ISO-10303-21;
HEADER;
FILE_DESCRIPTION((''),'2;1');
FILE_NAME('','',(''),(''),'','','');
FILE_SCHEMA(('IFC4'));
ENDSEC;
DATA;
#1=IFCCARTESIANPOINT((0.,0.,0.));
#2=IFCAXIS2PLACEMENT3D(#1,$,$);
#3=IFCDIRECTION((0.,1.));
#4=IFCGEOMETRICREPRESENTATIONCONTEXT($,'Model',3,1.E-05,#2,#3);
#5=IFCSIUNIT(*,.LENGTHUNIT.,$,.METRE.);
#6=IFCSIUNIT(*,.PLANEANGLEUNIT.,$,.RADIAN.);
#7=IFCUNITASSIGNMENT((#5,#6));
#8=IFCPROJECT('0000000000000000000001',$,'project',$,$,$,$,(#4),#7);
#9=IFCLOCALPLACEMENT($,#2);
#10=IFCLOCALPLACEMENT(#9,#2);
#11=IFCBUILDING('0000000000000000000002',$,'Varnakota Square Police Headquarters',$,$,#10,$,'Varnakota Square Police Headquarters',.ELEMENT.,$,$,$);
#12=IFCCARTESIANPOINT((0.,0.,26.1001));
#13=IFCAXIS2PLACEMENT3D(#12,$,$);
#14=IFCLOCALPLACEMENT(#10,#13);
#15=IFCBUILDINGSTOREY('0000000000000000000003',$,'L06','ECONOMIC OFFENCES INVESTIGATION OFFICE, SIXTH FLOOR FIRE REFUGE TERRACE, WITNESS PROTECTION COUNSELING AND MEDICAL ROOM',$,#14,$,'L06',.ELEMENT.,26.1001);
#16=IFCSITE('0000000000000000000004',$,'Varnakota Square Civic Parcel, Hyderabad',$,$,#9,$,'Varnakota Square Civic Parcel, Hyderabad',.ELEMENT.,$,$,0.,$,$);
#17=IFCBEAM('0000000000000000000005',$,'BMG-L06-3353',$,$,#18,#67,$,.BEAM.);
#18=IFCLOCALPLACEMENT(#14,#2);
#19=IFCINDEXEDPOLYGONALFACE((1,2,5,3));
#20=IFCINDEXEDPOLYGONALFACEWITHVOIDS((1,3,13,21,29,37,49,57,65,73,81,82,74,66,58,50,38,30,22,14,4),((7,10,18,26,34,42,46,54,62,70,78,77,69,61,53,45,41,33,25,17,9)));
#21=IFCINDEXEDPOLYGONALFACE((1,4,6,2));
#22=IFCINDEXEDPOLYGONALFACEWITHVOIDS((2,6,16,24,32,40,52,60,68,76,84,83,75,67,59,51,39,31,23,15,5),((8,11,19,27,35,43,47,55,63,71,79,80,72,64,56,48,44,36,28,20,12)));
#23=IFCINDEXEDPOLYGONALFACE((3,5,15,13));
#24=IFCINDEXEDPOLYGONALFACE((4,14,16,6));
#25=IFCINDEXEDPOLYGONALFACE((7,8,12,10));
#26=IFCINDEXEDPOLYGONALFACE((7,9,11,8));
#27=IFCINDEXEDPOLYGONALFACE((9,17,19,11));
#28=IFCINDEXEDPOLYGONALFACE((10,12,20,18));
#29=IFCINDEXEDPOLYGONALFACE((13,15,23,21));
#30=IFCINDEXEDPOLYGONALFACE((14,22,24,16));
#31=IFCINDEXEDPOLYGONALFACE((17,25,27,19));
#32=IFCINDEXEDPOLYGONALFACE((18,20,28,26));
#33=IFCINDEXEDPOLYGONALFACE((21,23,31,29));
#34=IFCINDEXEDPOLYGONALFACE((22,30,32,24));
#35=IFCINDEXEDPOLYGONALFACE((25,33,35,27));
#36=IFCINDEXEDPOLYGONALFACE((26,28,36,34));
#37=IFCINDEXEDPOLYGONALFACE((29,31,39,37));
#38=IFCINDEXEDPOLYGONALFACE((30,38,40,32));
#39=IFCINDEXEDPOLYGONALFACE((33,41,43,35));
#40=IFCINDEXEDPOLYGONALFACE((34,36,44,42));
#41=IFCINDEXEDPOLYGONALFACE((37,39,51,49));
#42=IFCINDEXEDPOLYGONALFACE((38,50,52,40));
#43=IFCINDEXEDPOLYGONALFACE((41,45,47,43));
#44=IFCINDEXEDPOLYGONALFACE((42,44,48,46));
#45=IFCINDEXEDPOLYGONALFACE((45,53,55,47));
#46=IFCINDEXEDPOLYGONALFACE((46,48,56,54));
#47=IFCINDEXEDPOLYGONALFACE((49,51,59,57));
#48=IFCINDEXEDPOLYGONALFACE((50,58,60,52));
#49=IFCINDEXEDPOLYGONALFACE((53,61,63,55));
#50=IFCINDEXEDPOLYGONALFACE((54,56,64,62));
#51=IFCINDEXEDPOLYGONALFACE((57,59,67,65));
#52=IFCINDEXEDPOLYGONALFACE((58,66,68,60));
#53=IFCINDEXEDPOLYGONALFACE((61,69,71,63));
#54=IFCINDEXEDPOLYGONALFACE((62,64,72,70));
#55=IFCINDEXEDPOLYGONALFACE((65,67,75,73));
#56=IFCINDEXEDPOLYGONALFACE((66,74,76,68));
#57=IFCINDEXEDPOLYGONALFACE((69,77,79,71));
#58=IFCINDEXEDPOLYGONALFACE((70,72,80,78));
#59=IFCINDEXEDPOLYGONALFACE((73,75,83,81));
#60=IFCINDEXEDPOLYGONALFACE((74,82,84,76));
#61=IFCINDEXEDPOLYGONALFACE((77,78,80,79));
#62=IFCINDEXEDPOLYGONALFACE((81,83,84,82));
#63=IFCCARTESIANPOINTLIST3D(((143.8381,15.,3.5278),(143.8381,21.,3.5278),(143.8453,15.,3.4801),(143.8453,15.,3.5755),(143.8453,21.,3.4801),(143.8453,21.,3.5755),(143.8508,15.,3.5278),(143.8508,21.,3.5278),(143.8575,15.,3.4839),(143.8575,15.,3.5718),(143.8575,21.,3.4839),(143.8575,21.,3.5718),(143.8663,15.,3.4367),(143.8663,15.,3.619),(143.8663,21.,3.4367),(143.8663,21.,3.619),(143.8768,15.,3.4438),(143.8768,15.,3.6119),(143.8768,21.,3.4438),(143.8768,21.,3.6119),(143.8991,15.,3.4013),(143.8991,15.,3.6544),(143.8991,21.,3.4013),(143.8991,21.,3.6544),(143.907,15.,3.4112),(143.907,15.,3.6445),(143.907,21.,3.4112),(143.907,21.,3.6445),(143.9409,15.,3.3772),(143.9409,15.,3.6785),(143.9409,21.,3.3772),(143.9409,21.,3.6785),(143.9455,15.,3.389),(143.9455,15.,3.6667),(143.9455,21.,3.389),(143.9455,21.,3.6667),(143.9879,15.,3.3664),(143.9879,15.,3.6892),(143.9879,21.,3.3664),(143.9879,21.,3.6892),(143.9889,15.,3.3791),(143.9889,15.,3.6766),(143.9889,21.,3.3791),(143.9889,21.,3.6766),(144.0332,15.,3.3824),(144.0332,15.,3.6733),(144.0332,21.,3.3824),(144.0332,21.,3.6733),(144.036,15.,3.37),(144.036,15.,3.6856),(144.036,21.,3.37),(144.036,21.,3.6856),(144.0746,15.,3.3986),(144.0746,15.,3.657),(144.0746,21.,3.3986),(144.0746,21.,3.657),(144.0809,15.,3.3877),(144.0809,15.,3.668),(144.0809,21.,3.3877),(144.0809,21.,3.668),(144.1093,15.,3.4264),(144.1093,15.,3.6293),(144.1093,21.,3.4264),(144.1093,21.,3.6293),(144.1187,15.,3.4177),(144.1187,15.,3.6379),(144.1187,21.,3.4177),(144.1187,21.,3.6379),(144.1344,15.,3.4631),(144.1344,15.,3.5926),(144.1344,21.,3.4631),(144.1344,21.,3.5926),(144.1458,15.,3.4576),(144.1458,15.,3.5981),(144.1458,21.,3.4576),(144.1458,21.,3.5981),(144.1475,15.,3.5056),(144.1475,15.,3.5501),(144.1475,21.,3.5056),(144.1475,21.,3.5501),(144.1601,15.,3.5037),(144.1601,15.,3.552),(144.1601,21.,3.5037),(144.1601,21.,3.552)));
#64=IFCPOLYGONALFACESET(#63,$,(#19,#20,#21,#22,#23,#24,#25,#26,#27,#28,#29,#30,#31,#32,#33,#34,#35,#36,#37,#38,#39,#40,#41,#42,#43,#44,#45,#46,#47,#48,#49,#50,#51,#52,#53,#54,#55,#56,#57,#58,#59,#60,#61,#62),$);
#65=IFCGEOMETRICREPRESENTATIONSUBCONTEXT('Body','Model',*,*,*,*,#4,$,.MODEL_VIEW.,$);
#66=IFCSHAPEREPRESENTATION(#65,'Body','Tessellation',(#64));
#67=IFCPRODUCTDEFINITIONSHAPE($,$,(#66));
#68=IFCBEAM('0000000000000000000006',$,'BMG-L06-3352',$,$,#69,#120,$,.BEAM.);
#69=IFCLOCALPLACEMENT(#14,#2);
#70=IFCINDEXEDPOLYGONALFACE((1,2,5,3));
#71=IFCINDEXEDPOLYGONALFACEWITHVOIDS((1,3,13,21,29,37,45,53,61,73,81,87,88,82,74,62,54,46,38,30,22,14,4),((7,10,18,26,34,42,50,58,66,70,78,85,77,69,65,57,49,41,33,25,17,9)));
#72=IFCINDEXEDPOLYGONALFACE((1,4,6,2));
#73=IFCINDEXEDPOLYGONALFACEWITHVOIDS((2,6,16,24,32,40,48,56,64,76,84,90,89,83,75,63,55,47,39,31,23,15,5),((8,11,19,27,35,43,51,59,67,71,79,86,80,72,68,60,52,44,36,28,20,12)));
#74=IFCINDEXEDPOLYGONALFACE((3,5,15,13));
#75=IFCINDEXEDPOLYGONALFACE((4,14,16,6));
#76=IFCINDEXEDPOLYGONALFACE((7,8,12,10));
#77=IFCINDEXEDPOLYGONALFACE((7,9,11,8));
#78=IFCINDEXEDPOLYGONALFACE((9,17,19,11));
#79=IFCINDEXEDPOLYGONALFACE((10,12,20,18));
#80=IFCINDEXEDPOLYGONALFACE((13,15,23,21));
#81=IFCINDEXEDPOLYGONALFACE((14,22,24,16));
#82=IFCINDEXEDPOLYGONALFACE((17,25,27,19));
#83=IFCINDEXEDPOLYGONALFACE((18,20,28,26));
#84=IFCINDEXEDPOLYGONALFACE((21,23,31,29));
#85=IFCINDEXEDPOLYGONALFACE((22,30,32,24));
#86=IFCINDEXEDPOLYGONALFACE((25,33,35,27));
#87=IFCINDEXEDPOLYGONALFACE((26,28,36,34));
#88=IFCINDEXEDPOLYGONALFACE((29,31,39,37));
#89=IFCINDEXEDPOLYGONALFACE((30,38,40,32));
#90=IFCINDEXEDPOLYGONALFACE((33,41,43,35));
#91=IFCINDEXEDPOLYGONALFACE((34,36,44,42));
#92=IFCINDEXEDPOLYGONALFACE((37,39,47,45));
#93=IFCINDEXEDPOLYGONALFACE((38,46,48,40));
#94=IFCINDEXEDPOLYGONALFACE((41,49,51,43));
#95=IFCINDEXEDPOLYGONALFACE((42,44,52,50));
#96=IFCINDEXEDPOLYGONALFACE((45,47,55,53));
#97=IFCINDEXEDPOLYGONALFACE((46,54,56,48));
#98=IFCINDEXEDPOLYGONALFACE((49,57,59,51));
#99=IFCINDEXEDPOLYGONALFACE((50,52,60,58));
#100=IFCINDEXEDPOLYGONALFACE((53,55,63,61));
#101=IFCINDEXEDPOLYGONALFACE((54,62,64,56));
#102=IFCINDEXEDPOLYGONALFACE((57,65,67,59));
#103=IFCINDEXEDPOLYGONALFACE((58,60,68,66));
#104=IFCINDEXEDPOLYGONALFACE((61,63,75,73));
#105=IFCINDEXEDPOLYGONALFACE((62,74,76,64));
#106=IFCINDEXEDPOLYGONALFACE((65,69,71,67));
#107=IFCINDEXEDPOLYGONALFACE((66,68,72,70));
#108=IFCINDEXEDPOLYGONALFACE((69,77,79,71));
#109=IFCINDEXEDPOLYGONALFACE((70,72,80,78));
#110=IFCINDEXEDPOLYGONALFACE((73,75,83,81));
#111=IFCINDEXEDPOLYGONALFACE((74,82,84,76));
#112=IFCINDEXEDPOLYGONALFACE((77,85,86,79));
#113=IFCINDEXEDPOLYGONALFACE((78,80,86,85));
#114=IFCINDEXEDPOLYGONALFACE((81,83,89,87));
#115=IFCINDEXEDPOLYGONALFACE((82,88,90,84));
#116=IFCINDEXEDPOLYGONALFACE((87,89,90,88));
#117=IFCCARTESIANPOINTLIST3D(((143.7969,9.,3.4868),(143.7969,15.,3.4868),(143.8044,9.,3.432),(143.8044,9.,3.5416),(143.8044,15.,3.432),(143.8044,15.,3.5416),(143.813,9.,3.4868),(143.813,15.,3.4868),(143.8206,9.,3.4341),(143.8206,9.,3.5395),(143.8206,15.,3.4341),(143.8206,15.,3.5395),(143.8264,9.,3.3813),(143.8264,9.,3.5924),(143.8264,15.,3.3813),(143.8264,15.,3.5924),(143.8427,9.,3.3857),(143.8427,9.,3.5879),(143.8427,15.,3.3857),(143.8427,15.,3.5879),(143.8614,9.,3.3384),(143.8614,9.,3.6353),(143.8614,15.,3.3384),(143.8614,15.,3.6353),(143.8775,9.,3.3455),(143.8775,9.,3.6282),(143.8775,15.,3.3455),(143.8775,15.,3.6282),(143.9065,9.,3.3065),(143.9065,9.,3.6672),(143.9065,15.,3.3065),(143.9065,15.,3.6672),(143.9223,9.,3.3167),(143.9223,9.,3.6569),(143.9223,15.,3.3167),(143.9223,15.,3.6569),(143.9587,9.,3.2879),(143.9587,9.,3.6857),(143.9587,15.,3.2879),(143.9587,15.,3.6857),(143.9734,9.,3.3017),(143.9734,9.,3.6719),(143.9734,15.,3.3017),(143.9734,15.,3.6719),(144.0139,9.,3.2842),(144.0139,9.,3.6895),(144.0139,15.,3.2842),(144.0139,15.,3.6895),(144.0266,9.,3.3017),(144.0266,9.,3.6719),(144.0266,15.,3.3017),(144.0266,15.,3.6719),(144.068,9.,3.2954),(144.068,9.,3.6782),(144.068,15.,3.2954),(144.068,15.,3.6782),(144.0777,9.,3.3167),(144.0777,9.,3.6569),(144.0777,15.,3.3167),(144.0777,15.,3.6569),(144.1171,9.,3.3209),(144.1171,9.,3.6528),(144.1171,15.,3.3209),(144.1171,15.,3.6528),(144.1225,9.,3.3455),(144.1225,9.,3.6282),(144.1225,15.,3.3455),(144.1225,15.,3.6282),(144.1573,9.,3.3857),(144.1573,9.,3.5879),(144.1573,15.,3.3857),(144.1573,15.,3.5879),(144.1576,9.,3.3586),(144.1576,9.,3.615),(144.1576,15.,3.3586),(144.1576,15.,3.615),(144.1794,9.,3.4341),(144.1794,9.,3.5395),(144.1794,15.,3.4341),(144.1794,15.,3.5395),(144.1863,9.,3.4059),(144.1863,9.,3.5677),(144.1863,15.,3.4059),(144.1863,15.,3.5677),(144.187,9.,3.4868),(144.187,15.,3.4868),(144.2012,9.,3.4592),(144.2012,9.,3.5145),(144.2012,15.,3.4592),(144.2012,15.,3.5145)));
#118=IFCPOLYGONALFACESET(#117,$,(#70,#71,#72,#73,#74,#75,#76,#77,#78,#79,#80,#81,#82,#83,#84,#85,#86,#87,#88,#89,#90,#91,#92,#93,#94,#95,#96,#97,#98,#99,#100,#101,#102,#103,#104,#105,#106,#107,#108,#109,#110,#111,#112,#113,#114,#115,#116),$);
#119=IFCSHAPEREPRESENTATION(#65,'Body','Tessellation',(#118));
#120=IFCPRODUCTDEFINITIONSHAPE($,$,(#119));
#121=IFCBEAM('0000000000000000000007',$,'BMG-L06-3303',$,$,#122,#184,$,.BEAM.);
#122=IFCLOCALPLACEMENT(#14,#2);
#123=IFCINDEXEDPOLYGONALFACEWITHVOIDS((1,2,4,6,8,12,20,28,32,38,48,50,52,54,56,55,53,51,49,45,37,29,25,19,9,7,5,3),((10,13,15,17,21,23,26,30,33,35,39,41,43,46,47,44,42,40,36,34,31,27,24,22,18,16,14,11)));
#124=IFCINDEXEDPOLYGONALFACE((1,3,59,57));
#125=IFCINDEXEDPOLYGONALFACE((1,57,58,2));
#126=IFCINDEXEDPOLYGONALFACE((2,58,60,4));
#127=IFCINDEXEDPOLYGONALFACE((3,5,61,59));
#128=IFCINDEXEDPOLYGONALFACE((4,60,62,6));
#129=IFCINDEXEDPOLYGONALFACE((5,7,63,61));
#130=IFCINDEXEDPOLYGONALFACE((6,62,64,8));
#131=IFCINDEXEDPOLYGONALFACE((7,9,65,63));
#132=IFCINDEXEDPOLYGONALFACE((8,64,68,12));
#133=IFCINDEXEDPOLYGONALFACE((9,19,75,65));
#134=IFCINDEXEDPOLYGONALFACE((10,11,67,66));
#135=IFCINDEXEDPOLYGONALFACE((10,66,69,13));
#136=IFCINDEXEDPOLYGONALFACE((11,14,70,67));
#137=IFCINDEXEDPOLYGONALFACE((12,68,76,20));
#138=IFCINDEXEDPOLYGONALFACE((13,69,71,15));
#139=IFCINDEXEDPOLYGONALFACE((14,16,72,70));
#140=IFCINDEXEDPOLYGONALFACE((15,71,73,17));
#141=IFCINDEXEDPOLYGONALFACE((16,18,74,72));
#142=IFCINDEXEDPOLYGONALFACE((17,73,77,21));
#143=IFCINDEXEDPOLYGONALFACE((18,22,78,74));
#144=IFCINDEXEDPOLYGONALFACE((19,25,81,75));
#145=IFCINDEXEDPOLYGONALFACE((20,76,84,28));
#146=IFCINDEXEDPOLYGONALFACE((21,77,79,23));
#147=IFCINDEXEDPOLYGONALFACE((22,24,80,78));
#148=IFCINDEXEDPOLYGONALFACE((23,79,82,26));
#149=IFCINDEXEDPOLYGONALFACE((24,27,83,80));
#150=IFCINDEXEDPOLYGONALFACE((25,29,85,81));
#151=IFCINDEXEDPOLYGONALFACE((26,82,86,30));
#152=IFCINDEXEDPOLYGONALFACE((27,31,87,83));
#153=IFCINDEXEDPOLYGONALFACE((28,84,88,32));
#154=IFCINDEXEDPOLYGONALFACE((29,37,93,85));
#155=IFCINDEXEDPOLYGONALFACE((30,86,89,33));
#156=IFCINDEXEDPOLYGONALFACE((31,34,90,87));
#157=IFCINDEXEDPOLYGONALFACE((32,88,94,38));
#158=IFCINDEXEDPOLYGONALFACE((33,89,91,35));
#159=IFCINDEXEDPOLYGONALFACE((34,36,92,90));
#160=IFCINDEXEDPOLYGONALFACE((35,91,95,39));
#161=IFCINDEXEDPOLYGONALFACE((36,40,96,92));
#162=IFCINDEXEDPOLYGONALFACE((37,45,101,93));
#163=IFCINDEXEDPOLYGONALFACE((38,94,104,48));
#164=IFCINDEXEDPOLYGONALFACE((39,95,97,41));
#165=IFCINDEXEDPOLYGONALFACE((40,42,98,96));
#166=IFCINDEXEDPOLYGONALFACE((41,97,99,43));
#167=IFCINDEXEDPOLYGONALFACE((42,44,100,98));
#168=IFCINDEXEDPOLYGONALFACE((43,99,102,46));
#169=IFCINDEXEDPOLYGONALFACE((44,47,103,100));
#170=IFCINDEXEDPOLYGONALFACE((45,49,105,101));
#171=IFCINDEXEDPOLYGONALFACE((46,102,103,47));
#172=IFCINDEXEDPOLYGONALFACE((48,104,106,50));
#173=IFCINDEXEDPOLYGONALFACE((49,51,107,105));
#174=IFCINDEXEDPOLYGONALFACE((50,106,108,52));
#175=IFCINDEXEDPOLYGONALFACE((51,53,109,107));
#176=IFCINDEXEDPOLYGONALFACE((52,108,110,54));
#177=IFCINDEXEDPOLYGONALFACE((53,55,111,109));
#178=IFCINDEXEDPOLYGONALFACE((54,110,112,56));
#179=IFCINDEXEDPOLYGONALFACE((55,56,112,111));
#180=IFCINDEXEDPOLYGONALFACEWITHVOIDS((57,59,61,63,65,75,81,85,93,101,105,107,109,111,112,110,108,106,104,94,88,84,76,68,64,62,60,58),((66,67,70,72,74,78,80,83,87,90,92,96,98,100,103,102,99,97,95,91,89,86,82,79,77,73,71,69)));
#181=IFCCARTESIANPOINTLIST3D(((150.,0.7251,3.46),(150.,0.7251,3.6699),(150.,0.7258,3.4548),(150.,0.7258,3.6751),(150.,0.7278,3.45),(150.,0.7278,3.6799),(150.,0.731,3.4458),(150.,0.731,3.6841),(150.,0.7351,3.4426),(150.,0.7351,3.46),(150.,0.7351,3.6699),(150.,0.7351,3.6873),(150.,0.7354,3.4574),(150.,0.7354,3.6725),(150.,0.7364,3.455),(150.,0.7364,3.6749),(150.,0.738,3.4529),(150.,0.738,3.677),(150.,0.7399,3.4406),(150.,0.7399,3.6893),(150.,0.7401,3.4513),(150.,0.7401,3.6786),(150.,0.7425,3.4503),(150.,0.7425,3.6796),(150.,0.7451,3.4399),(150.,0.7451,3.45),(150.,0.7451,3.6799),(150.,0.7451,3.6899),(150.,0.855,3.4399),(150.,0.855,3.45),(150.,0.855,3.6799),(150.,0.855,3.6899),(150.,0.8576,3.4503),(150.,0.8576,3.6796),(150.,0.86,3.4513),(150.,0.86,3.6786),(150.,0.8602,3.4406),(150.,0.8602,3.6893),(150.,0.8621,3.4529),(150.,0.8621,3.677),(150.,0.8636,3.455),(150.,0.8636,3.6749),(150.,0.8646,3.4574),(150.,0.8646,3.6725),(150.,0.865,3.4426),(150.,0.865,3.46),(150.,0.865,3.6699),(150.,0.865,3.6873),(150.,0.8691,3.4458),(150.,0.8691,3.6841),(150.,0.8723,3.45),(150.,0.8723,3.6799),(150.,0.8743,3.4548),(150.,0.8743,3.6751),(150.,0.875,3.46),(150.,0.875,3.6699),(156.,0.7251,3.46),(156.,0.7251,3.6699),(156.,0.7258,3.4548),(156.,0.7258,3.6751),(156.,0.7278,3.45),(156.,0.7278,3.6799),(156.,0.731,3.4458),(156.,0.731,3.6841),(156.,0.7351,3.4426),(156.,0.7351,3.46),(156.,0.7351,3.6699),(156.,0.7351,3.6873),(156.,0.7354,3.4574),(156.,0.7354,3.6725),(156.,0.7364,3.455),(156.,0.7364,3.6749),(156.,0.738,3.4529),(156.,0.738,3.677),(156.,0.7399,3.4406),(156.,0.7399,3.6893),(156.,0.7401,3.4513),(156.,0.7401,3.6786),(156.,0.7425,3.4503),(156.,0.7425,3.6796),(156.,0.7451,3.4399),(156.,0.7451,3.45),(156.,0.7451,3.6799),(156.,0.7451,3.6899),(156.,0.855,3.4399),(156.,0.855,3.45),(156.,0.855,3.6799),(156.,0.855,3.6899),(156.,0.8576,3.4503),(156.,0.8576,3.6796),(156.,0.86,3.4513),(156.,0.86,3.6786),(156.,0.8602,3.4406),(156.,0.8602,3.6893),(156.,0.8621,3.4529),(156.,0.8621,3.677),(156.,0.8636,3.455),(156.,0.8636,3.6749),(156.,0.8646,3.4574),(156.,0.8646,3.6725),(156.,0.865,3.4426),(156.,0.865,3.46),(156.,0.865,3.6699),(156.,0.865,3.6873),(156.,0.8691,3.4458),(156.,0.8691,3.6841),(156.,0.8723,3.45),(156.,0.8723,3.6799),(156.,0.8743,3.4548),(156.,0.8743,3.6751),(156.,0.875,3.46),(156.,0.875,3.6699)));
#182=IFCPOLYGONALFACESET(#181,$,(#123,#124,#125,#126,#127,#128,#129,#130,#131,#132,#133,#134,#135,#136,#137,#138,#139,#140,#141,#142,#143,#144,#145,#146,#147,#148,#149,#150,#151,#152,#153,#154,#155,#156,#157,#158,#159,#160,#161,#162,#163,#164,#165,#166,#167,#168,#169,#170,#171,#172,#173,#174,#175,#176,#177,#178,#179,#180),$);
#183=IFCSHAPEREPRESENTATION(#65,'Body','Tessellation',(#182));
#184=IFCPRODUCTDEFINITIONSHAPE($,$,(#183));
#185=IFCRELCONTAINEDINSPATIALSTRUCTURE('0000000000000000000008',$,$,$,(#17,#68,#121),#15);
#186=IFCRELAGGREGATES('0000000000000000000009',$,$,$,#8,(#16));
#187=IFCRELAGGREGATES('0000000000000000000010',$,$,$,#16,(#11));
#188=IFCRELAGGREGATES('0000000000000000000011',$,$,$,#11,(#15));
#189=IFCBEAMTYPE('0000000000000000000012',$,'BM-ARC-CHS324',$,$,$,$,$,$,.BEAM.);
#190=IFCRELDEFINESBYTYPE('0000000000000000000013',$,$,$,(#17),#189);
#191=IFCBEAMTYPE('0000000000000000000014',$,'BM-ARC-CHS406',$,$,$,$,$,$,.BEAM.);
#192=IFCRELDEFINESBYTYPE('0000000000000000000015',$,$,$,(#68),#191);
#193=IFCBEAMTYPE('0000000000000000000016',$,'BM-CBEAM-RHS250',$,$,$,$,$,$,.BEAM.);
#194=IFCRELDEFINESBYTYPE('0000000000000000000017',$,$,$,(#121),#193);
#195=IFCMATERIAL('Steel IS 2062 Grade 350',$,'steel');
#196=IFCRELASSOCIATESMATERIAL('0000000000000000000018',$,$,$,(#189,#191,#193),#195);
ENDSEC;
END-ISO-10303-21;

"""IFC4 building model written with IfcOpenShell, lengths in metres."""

from ifc_helpers import new_model, si_unit, direction, frame, origin, origin_2d, place, context, subcontext, project, spatial, hollow_rectangle, hollow_circle, extrude, material, material_profile, profile_set, type_object, element, save


model = new_model("IFC4")

# Units and contexts
model_context = context("Model", 3, precision=1e-05, world=origin(), true_north=direction((0.0, 1.0)))
body_context = subcontext(model_context, "Body", "Model", "MODEL_VIEW")
ifc_project = project(units=[si_unit("LENGTHUNIT", "METRE"), si_unit("PLANEANGLEUNIT", "RADIAN")], contexts=[model_context])

# Site, building, storey
site_placement = place(None, origin())
site = spatial("IfcSite", under=ifc_project, at=site_placement, Name="Varnakota Square Civic Parcel, Hyderabad", LongName="Varnakota Square Civic Parcel, Hyderabad", CompositionType="ELEMENT", RefElevation=0.0)
building_placement = place(site_placement, origin())
building = spatial("IfcBuilding", under=site, at=building_placement, Name="Varnakota Square Police Headquarters", LongName="Varnakota Square Police Headquarters", CompositionType="ELEMENT")
storey_placement = place(building_placement, frame((0.0, 0.0, 26.1001)))
storey = spatial("IfcBuildingStorey", under=building, at=storey_placement, Name="L06", Description="ECONOMIC OFFENCES INVESTIGATION OFFICE, SIXTH FLOOR FIRE REFUGE TERRACE, WITNESS PROTECTION COUNSELING AND MEDICAL ROOM", LongName="L06", CompositionType="ELEMENT", Elevation=26.1001)

# Shared definitions
ifc_material_1 = material(Name="Steel IS 2062 Grade 350", Category="steel")

# Beams
ifc_material_profile_1 = material_profile(ifc_material_1, hollow_circle(Radius=0.1619, WallThickness=0.0127, at=origin_2d()), Name="CHS 323.9x12.7")
ifc_profile_set_1 = profile_set([ifc_material_profile_1], Name="Steel IS 2062 Grade 350")
beam_type_1 = type_object("IfcBeamType", Name="BM-ARC-CHS324", PredefinedType="BEAM", material=ifc_profile_set_1)
for number, where, z_axis, x_axis, name in (
    (1, (144.0, 15.0, 3.5278), (0.0, 1.0, 0.0), (-1.0, 0.0, 0.0), "BMG-L06-3353"),
):
    element("IfcBeam", number, at=place(storey_placement, frame(where, z_axis=z_axis, x_axis=x_axis)), inside=storey, type_object=beam_type_1, Name=name, PredefinedType="BEAM", context=body_context, shape_type="SweptSolid", body=[
        extrude(hollow_circle(Radius=0.1619, WallThickness=0.0127, at=origin_2d()), origin(), (0.0, 0.0, 1.0), 6.0),
    ])
ifc_material_profile_2 = material_profile(ifc_material_1, hollow_circle(Radius=0.2031, WallThickness=0.0161, at=origin_2d()), Name="CHS 406.4x16.0")
ifc_profile_set_2 = profile_set([ifc_material_profile_2], Name="Steel IS 2062 Grade 350")
beam_type_2 = type_object("IfcBeamType", Name="BM-ARC-CHS406", PredefinedType="BEAM", material=ifc_profile_set_2)
beam_1_placement = place(storey_placement, frame((144.0, 9.0, 3.4868), z_axis=(0.0, 1.0, 0.0), x_axis=(-1.0, 0.0, 0.0)))
element("IfcBeam", 2, at=beam_1_placement, inside=storey, type_object=beam_type_2, Name="BMG-L06-3352", PredefinedType="BEAM", context=body_context, shape_type="SweptSolid", body=[
    extrude(hollow_circle(Radius=0.2031, WallThickness=0.0161, at=origin_2d()), origin(), (0.0, 0.0, 1.0), 6.0),
])
ifc_material_profile_3 = material_profile(ifc_material_1, hollow_rectangle(XDim=0.1499, YDim=0.25, WallThickness=0.01, InnerFilletRadius=0.01, OuterFilletRadius=0.02, at=origin_2d()), Name="RHS 250x150x10")
ifc_profile_set_3 = profile_set([ifc_material_profile_3], Name="Steel IS 2062 Grade 350")
beam_type_3 = type_object("IfcBeamType", Name="BM-CBEAM-RHS250", PredefinedType="BEAM", material=ifc_profile_set_3)
beam_2_placement = place(storey_placement, frame((150.0, 0.8, 3.5649), z_axis=(1.0, 0.0, 0.0), x_axis=(0.0, 1.0, 0.0)))
element("IfcBeam", 3, at=beam_2_placement, inside=storey, type_object=beam_type_3, Name="BMG-L06-3303", PredefinedType="BEAM", context=body_context, shape_type="SweptSolid", body=[
    extrude(hollow_rectangle(XDim=0.1499, YDim=0.25, WallThickness=0.01, InnerFilletRadius=0.01, OuterFilletRadius=0.02, at=origin_2d()), origin(), (0.0, 0.0, 1.0), 6.0),
])

save(model, "model.ifc")
